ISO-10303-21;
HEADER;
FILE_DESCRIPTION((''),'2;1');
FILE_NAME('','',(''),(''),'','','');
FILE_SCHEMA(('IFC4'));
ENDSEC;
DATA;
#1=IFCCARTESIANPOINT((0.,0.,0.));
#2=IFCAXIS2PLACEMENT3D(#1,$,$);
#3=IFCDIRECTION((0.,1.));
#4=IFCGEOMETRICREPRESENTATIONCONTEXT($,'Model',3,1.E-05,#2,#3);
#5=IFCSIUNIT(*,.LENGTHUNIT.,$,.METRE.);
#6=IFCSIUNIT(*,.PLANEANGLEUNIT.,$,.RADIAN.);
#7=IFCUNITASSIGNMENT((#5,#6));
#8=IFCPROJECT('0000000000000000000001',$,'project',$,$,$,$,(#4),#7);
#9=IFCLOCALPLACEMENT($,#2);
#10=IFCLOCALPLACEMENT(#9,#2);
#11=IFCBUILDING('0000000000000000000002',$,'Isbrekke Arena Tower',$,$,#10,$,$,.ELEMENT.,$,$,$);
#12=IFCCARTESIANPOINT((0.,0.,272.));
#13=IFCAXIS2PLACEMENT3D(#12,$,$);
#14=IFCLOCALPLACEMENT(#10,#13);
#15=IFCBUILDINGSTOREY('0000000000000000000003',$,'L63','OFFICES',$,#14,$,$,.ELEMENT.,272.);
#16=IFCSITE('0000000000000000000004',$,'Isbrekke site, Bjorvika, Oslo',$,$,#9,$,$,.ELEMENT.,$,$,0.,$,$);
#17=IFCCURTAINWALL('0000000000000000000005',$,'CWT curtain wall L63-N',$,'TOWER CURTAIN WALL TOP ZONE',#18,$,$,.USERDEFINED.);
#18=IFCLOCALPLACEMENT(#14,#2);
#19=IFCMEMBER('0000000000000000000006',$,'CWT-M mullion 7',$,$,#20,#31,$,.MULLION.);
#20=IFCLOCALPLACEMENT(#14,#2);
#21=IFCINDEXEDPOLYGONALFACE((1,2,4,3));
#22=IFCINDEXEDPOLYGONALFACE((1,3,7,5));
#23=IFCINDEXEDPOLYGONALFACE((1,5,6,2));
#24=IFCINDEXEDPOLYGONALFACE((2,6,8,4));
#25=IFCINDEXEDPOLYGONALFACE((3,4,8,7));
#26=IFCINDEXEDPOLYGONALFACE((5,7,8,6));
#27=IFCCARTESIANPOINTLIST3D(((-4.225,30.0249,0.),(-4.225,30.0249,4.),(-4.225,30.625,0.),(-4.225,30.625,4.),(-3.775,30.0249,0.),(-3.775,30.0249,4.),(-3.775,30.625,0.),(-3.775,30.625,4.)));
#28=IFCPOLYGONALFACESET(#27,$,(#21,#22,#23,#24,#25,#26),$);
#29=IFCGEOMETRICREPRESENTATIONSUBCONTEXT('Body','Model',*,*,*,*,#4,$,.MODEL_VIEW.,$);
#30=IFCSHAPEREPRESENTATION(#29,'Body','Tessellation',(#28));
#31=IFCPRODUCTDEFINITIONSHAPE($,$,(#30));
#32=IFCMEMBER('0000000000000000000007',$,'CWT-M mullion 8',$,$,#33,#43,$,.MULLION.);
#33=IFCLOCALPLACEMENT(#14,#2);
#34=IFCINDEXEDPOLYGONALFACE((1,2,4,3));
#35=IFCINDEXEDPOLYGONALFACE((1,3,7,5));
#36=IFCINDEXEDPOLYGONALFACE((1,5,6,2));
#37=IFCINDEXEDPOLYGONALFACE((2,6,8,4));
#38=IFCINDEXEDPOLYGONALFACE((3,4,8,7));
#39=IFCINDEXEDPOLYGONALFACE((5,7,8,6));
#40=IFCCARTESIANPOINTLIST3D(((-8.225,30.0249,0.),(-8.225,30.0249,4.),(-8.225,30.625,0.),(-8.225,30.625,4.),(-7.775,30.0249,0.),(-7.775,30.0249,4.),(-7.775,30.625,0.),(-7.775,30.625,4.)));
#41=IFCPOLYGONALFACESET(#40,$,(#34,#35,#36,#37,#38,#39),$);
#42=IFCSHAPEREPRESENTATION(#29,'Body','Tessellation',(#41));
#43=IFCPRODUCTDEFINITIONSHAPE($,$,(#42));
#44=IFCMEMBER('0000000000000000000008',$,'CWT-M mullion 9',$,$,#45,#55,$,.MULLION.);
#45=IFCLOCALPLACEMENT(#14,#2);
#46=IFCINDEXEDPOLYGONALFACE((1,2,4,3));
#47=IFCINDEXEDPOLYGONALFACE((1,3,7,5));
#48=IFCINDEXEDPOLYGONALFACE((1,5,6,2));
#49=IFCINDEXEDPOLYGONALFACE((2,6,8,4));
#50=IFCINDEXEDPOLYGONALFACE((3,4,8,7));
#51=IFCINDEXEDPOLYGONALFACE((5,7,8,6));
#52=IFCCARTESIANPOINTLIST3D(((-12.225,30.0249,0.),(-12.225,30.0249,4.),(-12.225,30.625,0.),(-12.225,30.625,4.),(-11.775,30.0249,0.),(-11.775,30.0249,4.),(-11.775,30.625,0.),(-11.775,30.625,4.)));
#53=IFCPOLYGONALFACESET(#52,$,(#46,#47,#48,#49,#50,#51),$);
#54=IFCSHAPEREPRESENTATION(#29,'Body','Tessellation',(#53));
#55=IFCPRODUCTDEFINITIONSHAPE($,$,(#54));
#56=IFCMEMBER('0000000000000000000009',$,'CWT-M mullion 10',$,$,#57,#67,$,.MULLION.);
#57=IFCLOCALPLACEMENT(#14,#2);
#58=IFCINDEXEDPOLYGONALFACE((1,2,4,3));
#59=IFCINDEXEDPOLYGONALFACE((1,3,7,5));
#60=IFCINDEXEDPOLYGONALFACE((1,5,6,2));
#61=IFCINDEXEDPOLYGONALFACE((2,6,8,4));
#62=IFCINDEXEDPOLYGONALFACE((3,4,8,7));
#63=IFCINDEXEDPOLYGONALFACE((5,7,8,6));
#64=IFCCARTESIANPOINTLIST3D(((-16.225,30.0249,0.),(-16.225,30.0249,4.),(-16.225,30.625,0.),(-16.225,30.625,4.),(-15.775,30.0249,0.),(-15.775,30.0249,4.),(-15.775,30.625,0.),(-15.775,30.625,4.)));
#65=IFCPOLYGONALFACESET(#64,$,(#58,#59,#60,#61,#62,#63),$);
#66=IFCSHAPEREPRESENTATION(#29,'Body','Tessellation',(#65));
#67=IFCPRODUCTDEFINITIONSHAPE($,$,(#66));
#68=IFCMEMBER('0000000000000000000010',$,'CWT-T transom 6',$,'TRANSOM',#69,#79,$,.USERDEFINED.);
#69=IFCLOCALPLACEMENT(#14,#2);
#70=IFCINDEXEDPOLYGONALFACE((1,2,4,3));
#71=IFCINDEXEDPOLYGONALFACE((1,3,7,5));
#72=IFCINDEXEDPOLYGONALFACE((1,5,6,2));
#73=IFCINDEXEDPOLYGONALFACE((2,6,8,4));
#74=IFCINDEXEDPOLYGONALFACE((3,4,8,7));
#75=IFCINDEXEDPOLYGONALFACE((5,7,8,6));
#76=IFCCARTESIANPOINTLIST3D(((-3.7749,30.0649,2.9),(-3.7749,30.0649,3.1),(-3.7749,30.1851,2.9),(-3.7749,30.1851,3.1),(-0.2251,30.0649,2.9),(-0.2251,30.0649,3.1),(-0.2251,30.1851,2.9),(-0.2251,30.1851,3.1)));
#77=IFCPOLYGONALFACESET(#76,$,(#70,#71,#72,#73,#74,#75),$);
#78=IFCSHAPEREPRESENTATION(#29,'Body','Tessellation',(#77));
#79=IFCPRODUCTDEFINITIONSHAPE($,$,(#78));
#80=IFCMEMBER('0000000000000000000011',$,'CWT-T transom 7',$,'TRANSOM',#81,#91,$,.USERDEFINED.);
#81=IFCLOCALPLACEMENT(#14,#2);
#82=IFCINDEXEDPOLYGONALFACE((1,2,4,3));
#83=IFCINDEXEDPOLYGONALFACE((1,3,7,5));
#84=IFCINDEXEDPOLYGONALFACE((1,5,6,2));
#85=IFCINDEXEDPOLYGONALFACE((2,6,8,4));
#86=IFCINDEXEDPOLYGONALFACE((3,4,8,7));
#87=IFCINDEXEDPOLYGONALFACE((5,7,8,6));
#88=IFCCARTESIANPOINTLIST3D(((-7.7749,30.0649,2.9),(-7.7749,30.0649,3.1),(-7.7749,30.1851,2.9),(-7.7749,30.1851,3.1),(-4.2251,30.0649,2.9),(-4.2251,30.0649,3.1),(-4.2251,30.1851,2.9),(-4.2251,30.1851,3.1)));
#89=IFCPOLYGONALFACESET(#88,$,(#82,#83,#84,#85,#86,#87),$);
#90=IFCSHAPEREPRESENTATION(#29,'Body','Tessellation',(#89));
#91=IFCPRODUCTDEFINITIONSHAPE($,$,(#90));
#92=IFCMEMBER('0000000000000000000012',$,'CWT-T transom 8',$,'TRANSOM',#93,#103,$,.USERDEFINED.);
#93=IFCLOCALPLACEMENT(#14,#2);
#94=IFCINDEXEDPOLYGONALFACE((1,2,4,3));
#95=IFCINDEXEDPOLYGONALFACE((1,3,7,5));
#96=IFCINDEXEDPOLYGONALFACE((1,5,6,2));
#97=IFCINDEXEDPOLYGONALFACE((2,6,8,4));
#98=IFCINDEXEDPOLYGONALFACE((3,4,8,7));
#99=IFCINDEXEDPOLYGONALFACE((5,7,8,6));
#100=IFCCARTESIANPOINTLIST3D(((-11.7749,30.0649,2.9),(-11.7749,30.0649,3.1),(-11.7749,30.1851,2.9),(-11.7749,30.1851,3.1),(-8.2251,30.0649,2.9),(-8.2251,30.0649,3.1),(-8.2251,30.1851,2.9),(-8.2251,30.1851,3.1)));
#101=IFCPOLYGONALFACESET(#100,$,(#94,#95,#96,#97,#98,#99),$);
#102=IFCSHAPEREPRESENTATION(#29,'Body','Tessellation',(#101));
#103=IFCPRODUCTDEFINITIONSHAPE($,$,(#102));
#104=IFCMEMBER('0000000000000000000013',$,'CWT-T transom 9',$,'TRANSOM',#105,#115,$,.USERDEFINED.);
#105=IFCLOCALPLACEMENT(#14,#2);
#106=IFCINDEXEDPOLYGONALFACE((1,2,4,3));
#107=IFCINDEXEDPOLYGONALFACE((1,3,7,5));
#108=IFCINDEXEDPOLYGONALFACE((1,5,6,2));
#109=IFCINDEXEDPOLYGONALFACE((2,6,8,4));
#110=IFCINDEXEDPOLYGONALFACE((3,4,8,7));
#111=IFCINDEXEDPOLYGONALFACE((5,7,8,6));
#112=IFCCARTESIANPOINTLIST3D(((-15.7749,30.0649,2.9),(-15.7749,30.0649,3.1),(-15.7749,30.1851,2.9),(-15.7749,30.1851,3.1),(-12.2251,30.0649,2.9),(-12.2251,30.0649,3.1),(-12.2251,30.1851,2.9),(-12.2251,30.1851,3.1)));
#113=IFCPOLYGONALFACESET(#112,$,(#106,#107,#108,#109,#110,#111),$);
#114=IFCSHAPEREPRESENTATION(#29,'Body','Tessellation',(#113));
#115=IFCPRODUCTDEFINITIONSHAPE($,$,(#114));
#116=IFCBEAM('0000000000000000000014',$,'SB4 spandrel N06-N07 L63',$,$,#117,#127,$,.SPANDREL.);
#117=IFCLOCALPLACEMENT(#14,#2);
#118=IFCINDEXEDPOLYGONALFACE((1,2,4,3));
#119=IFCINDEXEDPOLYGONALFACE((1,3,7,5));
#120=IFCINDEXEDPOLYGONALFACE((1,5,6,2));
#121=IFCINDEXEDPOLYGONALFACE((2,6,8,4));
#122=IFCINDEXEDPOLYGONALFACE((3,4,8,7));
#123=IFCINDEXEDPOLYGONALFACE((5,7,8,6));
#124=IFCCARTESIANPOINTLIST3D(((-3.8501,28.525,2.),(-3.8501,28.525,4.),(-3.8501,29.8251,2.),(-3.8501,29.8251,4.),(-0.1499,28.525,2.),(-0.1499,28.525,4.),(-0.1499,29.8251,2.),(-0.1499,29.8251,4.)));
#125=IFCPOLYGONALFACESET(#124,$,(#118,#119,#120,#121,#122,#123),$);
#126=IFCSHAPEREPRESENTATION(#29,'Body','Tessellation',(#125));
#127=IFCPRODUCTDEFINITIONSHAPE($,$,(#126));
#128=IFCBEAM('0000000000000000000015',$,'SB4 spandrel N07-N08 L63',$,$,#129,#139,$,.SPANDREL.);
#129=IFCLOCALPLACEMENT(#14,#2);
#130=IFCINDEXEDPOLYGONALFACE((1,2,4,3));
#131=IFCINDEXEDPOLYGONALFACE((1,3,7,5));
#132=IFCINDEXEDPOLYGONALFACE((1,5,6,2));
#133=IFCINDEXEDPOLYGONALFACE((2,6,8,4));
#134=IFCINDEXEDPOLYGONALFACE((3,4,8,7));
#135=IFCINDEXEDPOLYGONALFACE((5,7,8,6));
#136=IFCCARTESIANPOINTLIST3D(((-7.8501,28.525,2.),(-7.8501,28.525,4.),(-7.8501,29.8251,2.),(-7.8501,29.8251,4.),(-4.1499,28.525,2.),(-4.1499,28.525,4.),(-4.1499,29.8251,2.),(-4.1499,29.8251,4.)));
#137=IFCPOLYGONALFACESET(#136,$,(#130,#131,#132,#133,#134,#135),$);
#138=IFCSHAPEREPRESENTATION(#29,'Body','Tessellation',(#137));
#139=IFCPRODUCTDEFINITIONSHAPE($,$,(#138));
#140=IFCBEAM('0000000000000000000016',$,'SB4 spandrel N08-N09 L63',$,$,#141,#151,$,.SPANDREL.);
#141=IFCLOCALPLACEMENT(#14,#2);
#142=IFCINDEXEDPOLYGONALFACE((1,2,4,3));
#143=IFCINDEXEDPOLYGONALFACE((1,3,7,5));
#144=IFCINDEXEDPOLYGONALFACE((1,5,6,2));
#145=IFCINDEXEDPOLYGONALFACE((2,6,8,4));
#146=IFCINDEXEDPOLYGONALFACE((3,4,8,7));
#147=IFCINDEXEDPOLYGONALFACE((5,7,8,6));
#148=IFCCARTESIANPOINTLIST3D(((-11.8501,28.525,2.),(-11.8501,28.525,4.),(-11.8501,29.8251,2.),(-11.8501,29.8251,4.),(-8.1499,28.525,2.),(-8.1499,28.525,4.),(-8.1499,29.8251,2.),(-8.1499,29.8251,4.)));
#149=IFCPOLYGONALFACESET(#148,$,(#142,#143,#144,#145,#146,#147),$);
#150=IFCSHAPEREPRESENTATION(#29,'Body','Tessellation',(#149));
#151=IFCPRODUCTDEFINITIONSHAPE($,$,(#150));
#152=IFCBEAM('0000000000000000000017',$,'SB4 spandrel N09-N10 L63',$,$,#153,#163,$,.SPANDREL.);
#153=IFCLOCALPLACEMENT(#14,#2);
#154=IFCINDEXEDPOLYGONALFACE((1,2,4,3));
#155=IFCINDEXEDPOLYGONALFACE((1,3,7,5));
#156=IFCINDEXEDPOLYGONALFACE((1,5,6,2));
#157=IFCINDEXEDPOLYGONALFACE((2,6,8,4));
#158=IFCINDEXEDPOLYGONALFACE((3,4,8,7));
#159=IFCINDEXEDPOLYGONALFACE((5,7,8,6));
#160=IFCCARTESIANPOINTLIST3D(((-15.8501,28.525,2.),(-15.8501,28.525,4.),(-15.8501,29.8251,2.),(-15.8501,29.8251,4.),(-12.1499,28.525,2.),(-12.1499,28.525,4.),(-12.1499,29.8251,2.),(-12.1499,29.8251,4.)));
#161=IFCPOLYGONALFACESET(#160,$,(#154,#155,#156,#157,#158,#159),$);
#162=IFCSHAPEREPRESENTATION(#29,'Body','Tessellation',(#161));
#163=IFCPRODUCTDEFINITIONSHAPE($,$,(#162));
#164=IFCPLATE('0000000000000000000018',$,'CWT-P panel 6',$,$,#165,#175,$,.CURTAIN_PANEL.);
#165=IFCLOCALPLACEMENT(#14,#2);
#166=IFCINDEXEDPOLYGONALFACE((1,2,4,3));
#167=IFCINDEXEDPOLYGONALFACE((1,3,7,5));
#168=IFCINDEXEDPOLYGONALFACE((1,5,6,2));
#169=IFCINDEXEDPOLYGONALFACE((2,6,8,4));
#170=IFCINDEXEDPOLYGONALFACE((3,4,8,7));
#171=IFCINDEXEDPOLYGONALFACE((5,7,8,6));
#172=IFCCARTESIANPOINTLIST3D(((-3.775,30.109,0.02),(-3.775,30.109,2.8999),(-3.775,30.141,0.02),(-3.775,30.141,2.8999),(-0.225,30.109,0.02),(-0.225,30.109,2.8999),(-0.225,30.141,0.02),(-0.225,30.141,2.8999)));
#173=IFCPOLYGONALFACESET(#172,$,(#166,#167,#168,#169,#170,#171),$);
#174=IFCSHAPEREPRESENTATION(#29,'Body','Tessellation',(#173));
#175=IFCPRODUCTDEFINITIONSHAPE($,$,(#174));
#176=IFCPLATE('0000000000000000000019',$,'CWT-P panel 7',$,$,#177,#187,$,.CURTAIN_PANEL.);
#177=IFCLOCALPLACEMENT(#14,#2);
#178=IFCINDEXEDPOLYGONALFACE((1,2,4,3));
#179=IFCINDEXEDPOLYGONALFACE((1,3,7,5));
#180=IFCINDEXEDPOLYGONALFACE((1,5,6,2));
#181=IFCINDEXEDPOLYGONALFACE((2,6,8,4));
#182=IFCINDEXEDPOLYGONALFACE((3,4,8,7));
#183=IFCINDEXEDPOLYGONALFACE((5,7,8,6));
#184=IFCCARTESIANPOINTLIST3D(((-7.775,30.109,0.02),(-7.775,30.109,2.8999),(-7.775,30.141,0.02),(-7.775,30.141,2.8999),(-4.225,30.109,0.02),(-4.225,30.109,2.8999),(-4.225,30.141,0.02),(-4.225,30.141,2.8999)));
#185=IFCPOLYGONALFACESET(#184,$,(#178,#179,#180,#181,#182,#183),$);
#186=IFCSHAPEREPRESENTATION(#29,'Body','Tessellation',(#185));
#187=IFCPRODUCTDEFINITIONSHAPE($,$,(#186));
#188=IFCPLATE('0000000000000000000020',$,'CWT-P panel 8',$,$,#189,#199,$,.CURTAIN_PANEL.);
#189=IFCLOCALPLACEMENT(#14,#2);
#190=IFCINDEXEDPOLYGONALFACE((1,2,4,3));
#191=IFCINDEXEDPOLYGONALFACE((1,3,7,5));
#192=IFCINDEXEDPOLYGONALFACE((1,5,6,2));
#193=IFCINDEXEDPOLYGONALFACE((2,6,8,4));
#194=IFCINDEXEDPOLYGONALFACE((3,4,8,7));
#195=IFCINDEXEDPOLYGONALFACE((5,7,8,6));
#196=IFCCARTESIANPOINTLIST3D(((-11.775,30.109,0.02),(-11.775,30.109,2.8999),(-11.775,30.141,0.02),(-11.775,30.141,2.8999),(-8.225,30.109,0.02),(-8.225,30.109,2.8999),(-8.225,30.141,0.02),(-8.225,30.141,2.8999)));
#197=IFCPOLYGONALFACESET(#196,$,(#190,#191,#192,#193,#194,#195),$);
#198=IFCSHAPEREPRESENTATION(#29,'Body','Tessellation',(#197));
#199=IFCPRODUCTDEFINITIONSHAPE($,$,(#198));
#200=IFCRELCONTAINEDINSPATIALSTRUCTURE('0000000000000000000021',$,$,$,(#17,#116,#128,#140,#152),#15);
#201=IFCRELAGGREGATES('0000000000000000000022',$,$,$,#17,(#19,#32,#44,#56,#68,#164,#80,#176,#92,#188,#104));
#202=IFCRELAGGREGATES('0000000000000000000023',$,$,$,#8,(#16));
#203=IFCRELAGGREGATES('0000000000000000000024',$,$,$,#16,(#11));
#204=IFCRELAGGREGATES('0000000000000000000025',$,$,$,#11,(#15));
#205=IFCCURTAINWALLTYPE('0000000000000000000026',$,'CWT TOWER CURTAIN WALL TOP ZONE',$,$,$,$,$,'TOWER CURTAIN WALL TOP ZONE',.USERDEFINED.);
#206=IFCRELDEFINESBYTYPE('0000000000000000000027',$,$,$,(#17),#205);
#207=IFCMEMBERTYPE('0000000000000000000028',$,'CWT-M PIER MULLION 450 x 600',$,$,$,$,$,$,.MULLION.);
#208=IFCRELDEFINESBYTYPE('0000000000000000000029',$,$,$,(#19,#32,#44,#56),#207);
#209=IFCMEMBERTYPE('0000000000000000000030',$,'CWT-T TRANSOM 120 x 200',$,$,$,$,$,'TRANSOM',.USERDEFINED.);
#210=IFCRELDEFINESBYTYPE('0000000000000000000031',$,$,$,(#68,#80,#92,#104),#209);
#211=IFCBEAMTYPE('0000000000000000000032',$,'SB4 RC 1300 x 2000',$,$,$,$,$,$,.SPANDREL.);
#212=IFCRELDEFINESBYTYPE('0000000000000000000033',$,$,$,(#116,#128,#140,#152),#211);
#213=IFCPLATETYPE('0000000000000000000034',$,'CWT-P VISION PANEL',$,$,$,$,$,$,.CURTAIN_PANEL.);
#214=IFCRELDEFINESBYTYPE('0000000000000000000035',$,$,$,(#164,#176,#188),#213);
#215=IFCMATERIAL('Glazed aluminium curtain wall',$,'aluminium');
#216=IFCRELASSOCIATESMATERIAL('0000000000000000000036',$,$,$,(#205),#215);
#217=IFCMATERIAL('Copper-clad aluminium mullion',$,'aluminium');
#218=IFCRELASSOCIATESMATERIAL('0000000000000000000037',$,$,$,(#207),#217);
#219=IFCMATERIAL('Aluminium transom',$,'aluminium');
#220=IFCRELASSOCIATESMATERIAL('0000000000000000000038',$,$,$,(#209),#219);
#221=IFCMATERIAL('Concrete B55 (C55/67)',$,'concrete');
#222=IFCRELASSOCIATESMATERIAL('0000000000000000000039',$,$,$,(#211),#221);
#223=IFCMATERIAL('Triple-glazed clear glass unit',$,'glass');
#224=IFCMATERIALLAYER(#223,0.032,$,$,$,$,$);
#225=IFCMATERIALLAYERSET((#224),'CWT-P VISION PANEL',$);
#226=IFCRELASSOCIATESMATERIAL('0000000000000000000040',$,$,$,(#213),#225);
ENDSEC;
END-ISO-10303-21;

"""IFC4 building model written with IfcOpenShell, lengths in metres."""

from ifc_helpers import new_model, si_unit, direction, frame, origin, origin_2d, place, context, subcontext, project, spatial, rectangle, extrude, material, layer, layer_set, material_profile, profile_set, type_object, element, aggregate, save


model = new_model("IFC4")

# Units and contexts
model_context = context("Model", 3, precision=1e-05, world=origin(), true_north=direction((0.0, 1.0)))
body_context = subcontext(model_context, "Body", "Model", "MODEL_VIEW")
ifc_project = project(units=[si_unit("LENGTHUNIT", "METRE"), si_unit("PLANEANGLEUNIT", "RADIAN")], contexts=[model_context])

# Site, building, storey
site_placement = place(None, origin())
site = spatial("IfcSite", under=ifc_project, at=site_placement, Name="Isbrekke site, Bjorvika, Oslo", CompositionType="ELEMENT", RefElevation=0.0)
building_placement = place(site_placement, origin())
building = spatial("IfcBuilding", under=site, at=building_placement, Name="Isbrekke Arena Tower", CompositionType="ELEMENT")
storey_placement = place(building_placement, frame((0.0, 0.0, 272.0)))
storey = spatial("IfcBuildingStorey", under=building, at=storey_placement, Name="L63", Description="OFFICES", CompositionType="ELEMENT", Elevation=272.0)

# Curtain wall, members
ifc_material_1 = material(Name="Glazed aluminium curtain wall", Category="aluminium")
curtain_wall_type = type_object("IfcCurtainWallType", Name="CWT TOWER CURTAIN WALL TOP ZONE", ElementType="TOWER CURTAIN WALL TOP ZONE", PredefinedType="USERDEFINED", material=ifc_material_1)
curtain_wall_placement = place(storey_placement, origin())
curtain_wall = element("IfcCurtainWall", 1, at=curtain_wall_placement, inside=storey, type_object=curtain_wall_type, Name="CWT curtain wall L63-N", ObjectType="TOWER CURTAIN WALL TOP ZONE", PredefinedType="USERDEFINED")
ifc_material_2 = material(Name="Copper-clad aluminium mullion", Category="aluminium")
ifc_material_profile_1 = material_profile(ifc_material_2, rectangle(XDim=0.45, YDim=0.6001, at=origin_2d()), Name="PIER 450X600")
ifc_profile_set_1 = profile_set([ifc_material_profile_1], Name="Copper-clad aluminium mullion")
member_type_1 = type_object("IfcMemberType", Name="CWT-M PIER MULLION 450 x 600", PredefinedType="MULLION", material=ifc_profile_set_1)
member_1_placement = place(storey_placement, frame((-4.0, 30.325, 0.0), z_axis=(0.0, 0.0, 1.0), x_axis=(-1.0, 0.0, 0.0)))
member_1 = element("IfcMember", 2, at=member_1_placement, type_object=member_type_1, Name="CWT-M mullion 7", PredefinedType="MULLION", context=body_context, shape_type="SweptSolid", body=[
    extrude(rectangle(XDim=0.45, YDim=0.6001, at=origin_2d()), origin(), (0.0, 0.0, 1.0), 4.0),
])
member_2_placement = place(storey_placement, frame((-8.0, 30.325, 0.0), z_axis=(0.0, 0.0, 1.0), x_axis=(-1.0, 0.0, 0.0)))
member_2 = element("IfcMember", 3, at=member_2_placement, type_object=member_type_1, Name="CWT-M mullion 8", PredefinedType="MULLION", context=body_context, shape_type="SweptSolid", body=[
    extrude(rectangle(XDim=0.45, YDim=0.6001, at=origin_2d()), origin(), (0.0, 0.0, 1.0), 4.0),
])
member_3_placement = place(storey_placement, frame((-12.0, 30.325, 0.0), z_axis=(0.0, 0.0, 1.0), x_axis=(-1.0, 0.0, 0.0)))
member_3 = element("IfcMember", 4, at=member_3_placement, type_object=member_type_1, Name="CWT-M mullion 9", PredefinedType="MULLION", context=body_context, shape_type="SweptSolid", body=[
    extrude(rectangle(XDim=0.45, YDim=0.6001, at=origin_2d()), origin(), (0.0, 0.0, 1.0), 4.0),
])
member_4_placement = place(storey_placement, frame((-16.0, 30.325, 0.0), z_axis=(0.0, 0.0, 1.0), x_axis=(-1.0, 0.0, 0.0)))
member_4 = element("IfcMember", 5, at=member_4_placement, type_object=member_type_1, Name="CWT-M mullion 10", PredefinedType="MULLION", context=body_context, shape_type="SweptSolid", body=[
    extrude(rectangle(XDim=0.45, YDim=0.6001, at=origin_2d()), origin(), (0.0, 0.0, 1.0), 4.0),
])
ifc_material_3 = material(Name="Aluminium transom", Category="aluminium")
ifc_material_profile_2 = material_profile(ifc_material_3, rectangle(XDim=0.1201, YDim=0.2, at=origin_2d()), Name="TRANSOM 120X200")
ifc_profile_set_2 = profile_set([ifc_material_profile_2], Name="Aluminium transom")
member_type_2 = type_object("IfcMemberType", Name="CWT-T TRANSOM 120 x 200", ElementType="TRANSOM", PredefinedType="USERDEFINED", material=ifc_profile_set_2)
member_5_placement = place(storey_placement, frame((-0.2251, 30.125, 3.0), z_axis=(-1.0, 0.0, 0.0), x_axis=(0.0, -1.0, 0.0)))
member_5 = element("IfcMember", 6, at=member_5_placement, type_object=member_type_2, Name="CWT-T transom 6", ObjectType="TRANSOM", PredefinedType="USERDEFINED", context=body_context, shape_type="SweptSolid", body=[
    extrude(rectangle(XDim=0.1201, YDim=0.2, at=origin_2d()), origin(), (0.0, 0.0, 1.0), 3.5498),
])
member_6_placement = place(storey_placement, frame((-4.2251, 30.125, 3.0), z_axis=(-1.0, 0.0, 0.0), x_axis=(0.0, -1.0, 0.0)))
member_6 = element("IfcMember", 7, at=member_6_placement, type_object=member_type_2, Name="CWT-T transom 7", ObjectType="TRANSOM", PredefinedType="USERDEFINED", context=body_context, shape_type="SweptSolid", body=[
    extrude(rectangle(XDim=0.1201, YDim=0.2, at=origin_2d()), origin(), (0.0, 0.0, 1.0), 3.5498),
])
member_7_placement = place(storey_placement, frame((-8.2251, 30.125, 3.0), z_axis=(-1.0, 0.0, 0.0), x_axis=(0.0, -1.0, 0.0)))
member_7 = element("IfcMember", 8, at=member_7_placement, type_object=member_type_2, Name="CWT-T transom 8", ObjectType="TRANSOM", PredefinedType="USERDEFINED", context=body_context, shape_type="SweptSolid", body=[
    extrude(rectangle(XDim=0.1201, YDim=0.2, at=origin_2d()), origin(), (0.0, 0.0, 1.0), 3.5498),
])
member_8_placement = place(storey_placement, frame((-12.2251, 30.125, 3.0), z_axis=(-1.0, 0.0, 0.0), x_axis=(0.0, -1.0, 0.0)))
member_8 = element("IfcMember", 9, at=member_8_placement, type_object=member_type_2, Name="CWT-T transom 9", ObjectType="TRANSOM", PredefinedType="USERDEFINED", context=body_context, shape_type="SweptSolid", body=[
    extrude(rectangle(XDim=0.1201, YDim=0.2, at=origin_2d()), origin(), (0.0, 0.0, 1.0), 3.5498),
])

# Beams
ifc_material_4 = material(Name="Concrete B55 (C55/67)", Category="concrete")
ifc_material_profile_3 = material_profile(ifc_material_4, rectangle(XDim=1.3, YDim=2.0, at=origin_2d()), Name="RC 1300x2000")
ifc_profile_set_3 = profile_set([ifc_material_profile_3], Name="Concrete B55 (C55/67)")
beam_type_1 = type_object("IfcBeamType", Name="SB4 RC 1300 x 2000", PredefinedType="SPANDREL", material=ifc_profile_set_3)
for number, where, z_axis, x_axis, name in (
    (10, (-0.1499, 29.175, 3.0), (-1.0, 0.0, 0.0), (0.0, -1.0, 0.0), "SB4 spandrel N06-N07 L63"),
    (11, (-4.1499, 29.175, 3.0), (-1.0, 0.0, 0.0), (0.0, -1.0, 0.0), "SB4 spandrel N07-N08 L63"),
    (12, (-8.1499, 29.175, 3.0), (-1.0, 0.0, 0.0), (0.0, -1.0, 0.0), "SB4 spandrel N08-N09 L63"),
    (13, (-12.1499, 29.175, 3.0), (-1.0, 0.0, 0.0), (0.0, -1.0, 0.0), "SB4 spandrel N09-N10 L63"),
):
    element("IfcBeam", number, at=place(storey_placement, frame(where, z_axis=z_axis, x_axis=x_axis)), inside=storey, type_object=beam_type_1, Name=name, PredefinedType="SPANDREL", context=body_context, shape_type="SweptSolid", body=[
        extrude(rectangle(XDim=1.3, YDim=2.0, at=origin_2d()), origin(), (0.0, 0.0, 1.0), 3.7002),
    ])

# Plates
ifc_material_5 = material(Name="Triple-glazed clear glass unit", Category="glass")
ifc_layer = layer(ifc_material_5, 0.032)
ifc_layer_set = layer_set([ifc_layer], Name="CWT-P VISION PANEL")
plate_type = type_object("IfcPlateType", Name="CWT-P VISION PANEL", PredefinedType="CURTAIN_PANEL", material=ifc_layer_set)
plate_1_placement = place(storey_placement, frame((-2.0, 30.125, 0.02), z_axis=(0.0, 0.0, 1.0), x_axis=(-1.0, 0.0, 0.0)))
plate_1 = element("IfcPlate", 14, at=plate_1_placement, type_object=plate_type, Name="CWT-P panel 6", PredefinedType="CURTAIN_PANEL", context=body_context, shape_type="SweptSolid", body=[
    extrude(rectangle(XDim=3.55, YDim=0.032, at=origin_2d()), origin(), (0.0, 0.0, 1.0), 2.8799),
])
plate_2_placement = place(storey_placement, frame((-6.0, 30.125, 0.02), z_axis=(0.0, 0.0, 1.0), x_axis=(-1.0, 0.0, 0.0)))
plate_2 = element("IfcPlate", 15, at=plate_2_placement, type_object=plate_type, Name="CWT-P panel 7", PredefinedType="CURTAIN_PANEL", context=body_context, shape_type="SweptSolid", body=[
    extrude(rectangle(XDim=3.55, YDim=0.032, at=origin_2d()), origin(), (0.0, 0.0, 1.0), 2.8799),
])
plate_3_placement = place(storey_placement, frame((-10.0, 30.125, 0.02), z_axis=(0.0, 0.0, 1.0), x_axis=(-1.0, 0.0, 0.0)))
plate_3 = element("IfcPlate", 16, at=plate_3_placement, type_object=plate_type, Name="CWT-P panel 8", PredefinedType="CURTAIN_PANEL", context=body_context, shape_type="SweptSolid", body=[
    extrude(rectangle(XDim=3.55, YDim=0.032, at=origin_2d()), origin(), (0.0, 0.0, 1.0), 2.8799),
])
aggregate(curtain_wall, [member_1, member_2, member_3, member_4, member_5, plate_1, member_6, plate_2, member_7, plate_3, member_8])

save(model, "model.ifc")
